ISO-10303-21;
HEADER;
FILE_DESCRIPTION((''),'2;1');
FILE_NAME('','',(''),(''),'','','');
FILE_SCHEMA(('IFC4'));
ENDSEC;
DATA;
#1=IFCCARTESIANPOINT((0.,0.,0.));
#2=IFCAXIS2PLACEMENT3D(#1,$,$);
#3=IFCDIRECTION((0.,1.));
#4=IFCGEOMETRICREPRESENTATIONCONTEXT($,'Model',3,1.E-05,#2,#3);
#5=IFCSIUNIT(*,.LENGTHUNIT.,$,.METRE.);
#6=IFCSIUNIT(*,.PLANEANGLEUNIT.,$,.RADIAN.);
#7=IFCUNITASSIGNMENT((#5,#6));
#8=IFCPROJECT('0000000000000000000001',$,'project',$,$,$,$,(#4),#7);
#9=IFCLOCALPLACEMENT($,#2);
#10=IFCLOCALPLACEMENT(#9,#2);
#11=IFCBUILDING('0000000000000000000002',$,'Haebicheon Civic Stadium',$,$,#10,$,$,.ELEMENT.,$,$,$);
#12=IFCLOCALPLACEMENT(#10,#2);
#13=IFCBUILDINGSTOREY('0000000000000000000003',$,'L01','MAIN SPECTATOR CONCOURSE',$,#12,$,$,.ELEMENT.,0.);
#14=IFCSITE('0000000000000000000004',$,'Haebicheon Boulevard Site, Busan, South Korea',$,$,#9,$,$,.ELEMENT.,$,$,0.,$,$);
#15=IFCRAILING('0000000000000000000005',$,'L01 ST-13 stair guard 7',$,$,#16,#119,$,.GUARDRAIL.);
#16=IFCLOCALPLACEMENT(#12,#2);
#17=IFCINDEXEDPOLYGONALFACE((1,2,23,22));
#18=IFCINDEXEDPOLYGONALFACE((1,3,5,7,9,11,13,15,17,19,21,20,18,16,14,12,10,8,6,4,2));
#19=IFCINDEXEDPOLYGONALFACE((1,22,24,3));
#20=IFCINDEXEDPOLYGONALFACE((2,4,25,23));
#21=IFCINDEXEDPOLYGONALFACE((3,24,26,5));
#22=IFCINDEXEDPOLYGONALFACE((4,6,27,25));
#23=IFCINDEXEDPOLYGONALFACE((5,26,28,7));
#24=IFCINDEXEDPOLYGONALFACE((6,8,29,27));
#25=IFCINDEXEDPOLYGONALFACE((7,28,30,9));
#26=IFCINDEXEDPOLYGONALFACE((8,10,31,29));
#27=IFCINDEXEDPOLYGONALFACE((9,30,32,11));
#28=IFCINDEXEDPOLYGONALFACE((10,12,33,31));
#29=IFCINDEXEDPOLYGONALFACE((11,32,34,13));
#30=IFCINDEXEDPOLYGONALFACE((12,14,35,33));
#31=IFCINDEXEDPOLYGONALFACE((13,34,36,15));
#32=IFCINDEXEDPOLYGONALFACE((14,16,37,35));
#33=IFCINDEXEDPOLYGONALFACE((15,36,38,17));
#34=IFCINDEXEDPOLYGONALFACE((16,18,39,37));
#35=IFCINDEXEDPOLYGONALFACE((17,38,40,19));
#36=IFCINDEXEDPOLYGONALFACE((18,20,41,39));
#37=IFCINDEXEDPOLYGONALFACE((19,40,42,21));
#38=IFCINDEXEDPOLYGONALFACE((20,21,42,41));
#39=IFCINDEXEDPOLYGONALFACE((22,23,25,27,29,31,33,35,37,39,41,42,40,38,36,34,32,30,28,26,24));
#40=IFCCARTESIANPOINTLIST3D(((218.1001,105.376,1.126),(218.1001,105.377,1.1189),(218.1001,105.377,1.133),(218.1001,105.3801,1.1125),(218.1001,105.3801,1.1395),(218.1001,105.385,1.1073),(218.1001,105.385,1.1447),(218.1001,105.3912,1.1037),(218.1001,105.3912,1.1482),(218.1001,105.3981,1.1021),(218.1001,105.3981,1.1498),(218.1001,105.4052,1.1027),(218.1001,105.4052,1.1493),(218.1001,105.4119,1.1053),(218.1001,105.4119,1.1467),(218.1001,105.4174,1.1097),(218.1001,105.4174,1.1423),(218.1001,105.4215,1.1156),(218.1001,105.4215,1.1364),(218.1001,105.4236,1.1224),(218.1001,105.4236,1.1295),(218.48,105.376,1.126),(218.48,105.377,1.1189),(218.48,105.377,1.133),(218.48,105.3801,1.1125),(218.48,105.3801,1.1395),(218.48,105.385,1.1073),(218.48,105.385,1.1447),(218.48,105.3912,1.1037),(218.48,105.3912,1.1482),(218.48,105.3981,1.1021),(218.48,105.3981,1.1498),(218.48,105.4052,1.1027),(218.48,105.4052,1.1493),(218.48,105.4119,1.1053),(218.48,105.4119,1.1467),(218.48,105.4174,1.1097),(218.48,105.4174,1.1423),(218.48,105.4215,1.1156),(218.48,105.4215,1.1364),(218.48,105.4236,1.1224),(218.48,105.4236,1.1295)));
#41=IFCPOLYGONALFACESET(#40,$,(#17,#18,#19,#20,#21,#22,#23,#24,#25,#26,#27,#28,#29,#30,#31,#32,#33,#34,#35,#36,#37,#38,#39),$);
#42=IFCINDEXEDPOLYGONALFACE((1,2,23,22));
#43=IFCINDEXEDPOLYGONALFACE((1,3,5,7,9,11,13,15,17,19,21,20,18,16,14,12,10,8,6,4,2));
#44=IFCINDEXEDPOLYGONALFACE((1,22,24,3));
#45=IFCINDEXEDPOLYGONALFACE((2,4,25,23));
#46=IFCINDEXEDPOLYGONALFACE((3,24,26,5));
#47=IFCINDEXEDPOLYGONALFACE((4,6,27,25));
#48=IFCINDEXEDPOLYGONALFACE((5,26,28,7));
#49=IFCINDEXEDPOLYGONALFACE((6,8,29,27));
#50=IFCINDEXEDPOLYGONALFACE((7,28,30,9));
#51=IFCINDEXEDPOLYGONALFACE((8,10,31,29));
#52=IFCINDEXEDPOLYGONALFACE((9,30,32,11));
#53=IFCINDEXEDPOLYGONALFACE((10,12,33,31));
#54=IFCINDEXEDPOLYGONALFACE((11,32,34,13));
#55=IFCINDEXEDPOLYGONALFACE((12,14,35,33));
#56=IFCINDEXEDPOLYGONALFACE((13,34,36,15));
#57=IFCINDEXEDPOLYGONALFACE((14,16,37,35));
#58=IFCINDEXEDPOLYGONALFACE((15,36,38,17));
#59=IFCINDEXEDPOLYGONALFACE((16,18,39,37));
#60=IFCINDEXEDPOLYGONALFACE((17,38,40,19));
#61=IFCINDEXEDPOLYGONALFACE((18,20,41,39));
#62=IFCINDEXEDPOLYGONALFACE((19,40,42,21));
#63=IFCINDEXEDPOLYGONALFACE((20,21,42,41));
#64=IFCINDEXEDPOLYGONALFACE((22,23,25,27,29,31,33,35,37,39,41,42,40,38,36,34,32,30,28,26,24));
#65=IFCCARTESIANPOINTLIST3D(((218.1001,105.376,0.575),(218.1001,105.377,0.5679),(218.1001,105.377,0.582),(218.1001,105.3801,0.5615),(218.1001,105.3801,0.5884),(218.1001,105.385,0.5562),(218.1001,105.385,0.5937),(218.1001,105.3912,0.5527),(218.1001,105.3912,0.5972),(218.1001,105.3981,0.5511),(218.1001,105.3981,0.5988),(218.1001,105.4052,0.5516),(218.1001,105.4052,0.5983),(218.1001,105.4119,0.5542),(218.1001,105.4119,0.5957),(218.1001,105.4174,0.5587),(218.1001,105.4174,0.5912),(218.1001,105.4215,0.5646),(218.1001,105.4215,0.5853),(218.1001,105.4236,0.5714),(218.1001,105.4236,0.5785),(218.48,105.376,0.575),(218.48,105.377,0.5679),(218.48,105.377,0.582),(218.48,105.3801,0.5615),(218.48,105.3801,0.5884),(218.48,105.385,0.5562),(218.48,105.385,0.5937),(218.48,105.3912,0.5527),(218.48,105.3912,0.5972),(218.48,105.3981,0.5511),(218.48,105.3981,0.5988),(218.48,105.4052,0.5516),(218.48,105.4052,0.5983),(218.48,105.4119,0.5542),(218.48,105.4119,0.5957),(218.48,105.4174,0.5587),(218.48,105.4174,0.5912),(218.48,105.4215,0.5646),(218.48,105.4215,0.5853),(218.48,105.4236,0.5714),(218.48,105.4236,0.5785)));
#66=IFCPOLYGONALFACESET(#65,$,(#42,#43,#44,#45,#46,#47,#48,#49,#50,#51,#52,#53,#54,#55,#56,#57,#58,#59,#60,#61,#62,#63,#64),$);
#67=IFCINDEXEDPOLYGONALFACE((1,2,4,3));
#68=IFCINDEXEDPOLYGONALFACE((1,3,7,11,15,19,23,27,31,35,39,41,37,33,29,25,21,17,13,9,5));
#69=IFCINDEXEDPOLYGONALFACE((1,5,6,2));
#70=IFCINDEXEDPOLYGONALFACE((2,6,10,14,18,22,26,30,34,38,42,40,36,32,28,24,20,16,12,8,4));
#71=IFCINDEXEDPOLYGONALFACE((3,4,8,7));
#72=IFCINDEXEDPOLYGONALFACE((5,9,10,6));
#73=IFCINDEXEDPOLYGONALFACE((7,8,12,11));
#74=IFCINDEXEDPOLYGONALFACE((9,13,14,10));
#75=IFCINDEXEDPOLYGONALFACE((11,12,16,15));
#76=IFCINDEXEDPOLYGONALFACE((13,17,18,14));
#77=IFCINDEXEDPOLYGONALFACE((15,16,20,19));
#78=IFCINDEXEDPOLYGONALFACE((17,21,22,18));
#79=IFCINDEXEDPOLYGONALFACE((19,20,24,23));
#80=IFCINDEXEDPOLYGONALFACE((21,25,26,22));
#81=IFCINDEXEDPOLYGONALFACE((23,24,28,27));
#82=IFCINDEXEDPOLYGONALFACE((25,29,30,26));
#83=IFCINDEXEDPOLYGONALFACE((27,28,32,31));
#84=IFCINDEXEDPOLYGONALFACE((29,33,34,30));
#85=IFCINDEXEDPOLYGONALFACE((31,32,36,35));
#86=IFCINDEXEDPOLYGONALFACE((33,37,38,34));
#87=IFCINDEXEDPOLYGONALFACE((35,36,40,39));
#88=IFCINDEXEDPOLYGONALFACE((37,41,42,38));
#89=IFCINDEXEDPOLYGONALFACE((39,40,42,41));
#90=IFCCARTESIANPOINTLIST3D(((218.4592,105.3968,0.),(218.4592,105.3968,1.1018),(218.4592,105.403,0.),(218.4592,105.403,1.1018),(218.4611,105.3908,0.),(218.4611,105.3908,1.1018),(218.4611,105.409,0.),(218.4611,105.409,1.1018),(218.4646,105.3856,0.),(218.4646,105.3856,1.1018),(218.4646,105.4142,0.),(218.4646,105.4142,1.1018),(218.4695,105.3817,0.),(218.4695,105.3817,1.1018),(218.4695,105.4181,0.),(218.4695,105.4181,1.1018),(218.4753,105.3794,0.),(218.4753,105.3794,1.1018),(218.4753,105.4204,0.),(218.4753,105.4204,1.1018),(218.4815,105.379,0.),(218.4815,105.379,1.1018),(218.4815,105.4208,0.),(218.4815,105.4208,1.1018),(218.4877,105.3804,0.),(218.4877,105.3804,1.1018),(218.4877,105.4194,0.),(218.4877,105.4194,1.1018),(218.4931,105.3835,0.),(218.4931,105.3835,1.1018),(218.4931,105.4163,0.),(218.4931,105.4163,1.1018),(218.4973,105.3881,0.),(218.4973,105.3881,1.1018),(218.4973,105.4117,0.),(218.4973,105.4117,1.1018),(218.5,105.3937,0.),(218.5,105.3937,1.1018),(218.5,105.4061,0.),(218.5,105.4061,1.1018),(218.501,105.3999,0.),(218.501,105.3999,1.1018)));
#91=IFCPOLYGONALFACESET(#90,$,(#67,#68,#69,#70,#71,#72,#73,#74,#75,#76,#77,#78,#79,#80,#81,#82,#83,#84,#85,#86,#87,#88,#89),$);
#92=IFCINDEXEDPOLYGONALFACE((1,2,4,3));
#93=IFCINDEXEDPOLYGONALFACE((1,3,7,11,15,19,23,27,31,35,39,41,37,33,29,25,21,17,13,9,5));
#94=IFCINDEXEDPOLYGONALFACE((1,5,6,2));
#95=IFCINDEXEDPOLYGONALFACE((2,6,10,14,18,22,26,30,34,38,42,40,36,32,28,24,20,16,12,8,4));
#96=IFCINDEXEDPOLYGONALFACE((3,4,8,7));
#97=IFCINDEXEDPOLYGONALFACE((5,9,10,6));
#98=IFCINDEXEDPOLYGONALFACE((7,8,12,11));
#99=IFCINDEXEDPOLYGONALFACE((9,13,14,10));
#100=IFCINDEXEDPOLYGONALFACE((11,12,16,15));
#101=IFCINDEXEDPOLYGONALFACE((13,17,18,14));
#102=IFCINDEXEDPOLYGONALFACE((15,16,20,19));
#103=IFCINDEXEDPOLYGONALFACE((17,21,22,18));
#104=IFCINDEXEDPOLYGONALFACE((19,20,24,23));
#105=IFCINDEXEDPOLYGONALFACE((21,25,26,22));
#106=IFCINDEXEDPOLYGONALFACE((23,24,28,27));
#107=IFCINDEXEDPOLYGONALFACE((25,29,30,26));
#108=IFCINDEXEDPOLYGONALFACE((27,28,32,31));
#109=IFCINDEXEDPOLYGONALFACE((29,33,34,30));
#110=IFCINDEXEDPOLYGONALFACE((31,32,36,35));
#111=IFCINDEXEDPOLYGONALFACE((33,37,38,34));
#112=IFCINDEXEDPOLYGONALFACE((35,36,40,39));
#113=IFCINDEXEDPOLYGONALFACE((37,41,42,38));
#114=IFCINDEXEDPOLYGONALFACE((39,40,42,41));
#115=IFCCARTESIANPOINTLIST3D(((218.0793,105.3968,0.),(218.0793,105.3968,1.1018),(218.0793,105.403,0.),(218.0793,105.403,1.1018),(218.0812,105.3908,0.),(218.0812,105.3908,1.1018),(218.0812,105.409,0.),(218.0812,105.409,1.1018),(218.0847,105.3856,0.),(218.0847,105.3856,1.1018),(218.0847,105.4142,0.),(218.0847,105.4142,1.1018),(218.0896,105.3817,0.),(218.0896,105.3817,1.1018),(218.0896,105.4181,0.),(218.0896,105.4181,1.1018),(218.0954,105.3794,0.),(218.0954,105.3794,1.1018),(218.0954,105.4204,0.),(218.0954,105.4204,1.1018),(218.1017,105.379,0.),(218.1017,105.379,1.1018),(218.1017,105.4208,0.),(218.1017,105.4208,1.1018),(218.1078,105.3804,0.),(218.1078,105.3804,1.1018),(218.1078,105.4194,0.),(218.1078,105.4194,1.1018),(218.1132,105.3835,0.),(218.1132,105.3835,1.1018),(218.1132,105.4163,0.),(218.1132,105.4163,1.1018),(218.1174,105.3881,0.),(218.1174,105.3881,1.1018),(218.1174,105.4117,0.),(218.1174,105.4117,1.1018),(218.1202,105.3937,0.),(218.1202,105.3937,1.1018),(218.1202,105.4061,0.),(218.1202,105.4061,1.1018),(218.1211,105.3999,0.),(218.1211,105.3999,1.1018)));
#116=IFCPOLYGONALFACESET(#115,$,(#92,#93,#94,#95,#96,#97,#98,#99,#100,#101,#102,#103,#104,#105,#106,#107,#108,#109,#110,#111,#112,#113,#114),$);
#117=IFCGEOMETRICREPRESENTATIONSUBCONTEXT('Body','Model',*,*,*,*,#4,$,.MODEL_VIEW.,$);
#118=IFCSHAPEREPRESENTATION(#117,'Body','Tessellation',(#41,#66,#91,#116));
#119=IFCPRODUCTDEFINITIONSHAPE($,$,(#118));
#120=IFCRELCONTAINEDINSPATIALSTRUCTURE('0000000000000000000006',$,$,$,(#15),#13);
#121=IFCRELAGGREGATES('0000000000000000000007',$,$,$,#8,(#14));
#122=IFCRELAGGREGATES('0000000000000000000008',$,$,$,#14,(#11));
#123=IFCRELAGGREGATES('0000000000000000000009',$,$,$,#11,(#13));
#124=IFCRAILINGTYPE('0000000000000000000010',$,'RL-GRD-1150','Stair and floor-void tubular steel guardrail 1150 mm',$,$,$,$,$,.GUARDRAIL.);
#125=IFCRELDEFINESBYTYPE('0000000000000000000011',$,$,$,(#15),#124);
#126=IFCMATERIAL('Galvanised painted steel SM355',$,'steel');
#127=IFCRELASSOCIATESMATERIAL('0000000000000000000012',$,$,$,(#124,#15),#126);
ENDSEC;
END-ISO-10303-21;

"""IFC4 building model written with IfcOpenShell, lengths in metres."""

from ifc_helpers import new_model, si_unit, direction, frame, origin, origin_2d, place, context, subcontext, project, spatial, circle, extrude, material, type_object, element, save


model = new_model("IFC4")

# Units and contexts
model_context = context("Model", 3, precision=1e-05, world=origin(), true_north=direction((0.0, 1.0)))
body_context = subcontext(model_context, "Body", "Model", "MODEL_VIEW")
ifc_project = project(units=[si_unit("LENGTHUNIT", "METRE"), si_unit("PLANEANGLEUNIT", "RADIAN")], contexts=[model_context])

# Site, building, storey
site_placement = place(None, origin())
site = spatial("IfcSite", under=ifc_project, at=site_placement, Name="Haebicheon Boulevard Site, Busan, South Korea", CompositionType="ELEMENT", RefElevation=0.0)
building_placement = place(site_placement, origin())
building = spatial("IfcBuilding", under=site, at=building_placement, Name="Haebicheon Civic Stadium", CompositionType="ELEMENT")
storey_placement = place(building_placement, origin())
storey = spatial("IfcBuildingStorey", under=building, at=storey_placement, Name="L01", Description="MAIN SPECTATOR CONCOURSE", CompositionType="ELEMENT", Elevation=0.0)

# Railing
ifc_material_1 = material(Name="Galvanised painted steel SM355", Category="steel")
railing_type_1 = type_object("IfcRailingType", Name="RL-GRD-1150", Description="Stair and floor-void tubular steel guardrail 1150 mm", PredefinedType="GUARDRAIL", material=ifc_material_1)
railing_1_placement = place(storey_placement, frame((218.48, 105.3999, 0.0)))
element("IfcRailing", 1, at=railing_1_placement, inside=storey, type_object=railing_type_1, material=ifc_material_1, Name="L01 ST-13 stair guard 7", PredefinedType="GUARDRAIL", context=body_context, shape_type="SweptSolid", body=[
    extrude(circle(Radius=0.0239, at=origin_2d()), frame((0.0, 0.0, 1.126), z_axis=(-1.0, 0.0, 0.0), x_axis=(0.0, -1.0, 0.0)), (0.0, 0.0, 1.0), 0.3799),
    extrude(circle(Radius=0.0239, at=origin_2d()), frame((0.0, 0.0, 0.575), z_axis=(-1.0, 0.0, 0.0), x_axis=(0.0, -1.0, 0.0)), (0.0, 0.0, 1.0), 0.3799),
    extrude(circle(Radius=0.021, at=origin_2d()), origin(), (0.0, 0.0, 1.0), 1.1018),
    extrude(circle(Radius=0.021, at=origin_2d()), frame((-0.3799, 0.0, 0.0)), (0.0, 0.0, 1.0), 1.1018),
])

save(model, "model.ifc")
